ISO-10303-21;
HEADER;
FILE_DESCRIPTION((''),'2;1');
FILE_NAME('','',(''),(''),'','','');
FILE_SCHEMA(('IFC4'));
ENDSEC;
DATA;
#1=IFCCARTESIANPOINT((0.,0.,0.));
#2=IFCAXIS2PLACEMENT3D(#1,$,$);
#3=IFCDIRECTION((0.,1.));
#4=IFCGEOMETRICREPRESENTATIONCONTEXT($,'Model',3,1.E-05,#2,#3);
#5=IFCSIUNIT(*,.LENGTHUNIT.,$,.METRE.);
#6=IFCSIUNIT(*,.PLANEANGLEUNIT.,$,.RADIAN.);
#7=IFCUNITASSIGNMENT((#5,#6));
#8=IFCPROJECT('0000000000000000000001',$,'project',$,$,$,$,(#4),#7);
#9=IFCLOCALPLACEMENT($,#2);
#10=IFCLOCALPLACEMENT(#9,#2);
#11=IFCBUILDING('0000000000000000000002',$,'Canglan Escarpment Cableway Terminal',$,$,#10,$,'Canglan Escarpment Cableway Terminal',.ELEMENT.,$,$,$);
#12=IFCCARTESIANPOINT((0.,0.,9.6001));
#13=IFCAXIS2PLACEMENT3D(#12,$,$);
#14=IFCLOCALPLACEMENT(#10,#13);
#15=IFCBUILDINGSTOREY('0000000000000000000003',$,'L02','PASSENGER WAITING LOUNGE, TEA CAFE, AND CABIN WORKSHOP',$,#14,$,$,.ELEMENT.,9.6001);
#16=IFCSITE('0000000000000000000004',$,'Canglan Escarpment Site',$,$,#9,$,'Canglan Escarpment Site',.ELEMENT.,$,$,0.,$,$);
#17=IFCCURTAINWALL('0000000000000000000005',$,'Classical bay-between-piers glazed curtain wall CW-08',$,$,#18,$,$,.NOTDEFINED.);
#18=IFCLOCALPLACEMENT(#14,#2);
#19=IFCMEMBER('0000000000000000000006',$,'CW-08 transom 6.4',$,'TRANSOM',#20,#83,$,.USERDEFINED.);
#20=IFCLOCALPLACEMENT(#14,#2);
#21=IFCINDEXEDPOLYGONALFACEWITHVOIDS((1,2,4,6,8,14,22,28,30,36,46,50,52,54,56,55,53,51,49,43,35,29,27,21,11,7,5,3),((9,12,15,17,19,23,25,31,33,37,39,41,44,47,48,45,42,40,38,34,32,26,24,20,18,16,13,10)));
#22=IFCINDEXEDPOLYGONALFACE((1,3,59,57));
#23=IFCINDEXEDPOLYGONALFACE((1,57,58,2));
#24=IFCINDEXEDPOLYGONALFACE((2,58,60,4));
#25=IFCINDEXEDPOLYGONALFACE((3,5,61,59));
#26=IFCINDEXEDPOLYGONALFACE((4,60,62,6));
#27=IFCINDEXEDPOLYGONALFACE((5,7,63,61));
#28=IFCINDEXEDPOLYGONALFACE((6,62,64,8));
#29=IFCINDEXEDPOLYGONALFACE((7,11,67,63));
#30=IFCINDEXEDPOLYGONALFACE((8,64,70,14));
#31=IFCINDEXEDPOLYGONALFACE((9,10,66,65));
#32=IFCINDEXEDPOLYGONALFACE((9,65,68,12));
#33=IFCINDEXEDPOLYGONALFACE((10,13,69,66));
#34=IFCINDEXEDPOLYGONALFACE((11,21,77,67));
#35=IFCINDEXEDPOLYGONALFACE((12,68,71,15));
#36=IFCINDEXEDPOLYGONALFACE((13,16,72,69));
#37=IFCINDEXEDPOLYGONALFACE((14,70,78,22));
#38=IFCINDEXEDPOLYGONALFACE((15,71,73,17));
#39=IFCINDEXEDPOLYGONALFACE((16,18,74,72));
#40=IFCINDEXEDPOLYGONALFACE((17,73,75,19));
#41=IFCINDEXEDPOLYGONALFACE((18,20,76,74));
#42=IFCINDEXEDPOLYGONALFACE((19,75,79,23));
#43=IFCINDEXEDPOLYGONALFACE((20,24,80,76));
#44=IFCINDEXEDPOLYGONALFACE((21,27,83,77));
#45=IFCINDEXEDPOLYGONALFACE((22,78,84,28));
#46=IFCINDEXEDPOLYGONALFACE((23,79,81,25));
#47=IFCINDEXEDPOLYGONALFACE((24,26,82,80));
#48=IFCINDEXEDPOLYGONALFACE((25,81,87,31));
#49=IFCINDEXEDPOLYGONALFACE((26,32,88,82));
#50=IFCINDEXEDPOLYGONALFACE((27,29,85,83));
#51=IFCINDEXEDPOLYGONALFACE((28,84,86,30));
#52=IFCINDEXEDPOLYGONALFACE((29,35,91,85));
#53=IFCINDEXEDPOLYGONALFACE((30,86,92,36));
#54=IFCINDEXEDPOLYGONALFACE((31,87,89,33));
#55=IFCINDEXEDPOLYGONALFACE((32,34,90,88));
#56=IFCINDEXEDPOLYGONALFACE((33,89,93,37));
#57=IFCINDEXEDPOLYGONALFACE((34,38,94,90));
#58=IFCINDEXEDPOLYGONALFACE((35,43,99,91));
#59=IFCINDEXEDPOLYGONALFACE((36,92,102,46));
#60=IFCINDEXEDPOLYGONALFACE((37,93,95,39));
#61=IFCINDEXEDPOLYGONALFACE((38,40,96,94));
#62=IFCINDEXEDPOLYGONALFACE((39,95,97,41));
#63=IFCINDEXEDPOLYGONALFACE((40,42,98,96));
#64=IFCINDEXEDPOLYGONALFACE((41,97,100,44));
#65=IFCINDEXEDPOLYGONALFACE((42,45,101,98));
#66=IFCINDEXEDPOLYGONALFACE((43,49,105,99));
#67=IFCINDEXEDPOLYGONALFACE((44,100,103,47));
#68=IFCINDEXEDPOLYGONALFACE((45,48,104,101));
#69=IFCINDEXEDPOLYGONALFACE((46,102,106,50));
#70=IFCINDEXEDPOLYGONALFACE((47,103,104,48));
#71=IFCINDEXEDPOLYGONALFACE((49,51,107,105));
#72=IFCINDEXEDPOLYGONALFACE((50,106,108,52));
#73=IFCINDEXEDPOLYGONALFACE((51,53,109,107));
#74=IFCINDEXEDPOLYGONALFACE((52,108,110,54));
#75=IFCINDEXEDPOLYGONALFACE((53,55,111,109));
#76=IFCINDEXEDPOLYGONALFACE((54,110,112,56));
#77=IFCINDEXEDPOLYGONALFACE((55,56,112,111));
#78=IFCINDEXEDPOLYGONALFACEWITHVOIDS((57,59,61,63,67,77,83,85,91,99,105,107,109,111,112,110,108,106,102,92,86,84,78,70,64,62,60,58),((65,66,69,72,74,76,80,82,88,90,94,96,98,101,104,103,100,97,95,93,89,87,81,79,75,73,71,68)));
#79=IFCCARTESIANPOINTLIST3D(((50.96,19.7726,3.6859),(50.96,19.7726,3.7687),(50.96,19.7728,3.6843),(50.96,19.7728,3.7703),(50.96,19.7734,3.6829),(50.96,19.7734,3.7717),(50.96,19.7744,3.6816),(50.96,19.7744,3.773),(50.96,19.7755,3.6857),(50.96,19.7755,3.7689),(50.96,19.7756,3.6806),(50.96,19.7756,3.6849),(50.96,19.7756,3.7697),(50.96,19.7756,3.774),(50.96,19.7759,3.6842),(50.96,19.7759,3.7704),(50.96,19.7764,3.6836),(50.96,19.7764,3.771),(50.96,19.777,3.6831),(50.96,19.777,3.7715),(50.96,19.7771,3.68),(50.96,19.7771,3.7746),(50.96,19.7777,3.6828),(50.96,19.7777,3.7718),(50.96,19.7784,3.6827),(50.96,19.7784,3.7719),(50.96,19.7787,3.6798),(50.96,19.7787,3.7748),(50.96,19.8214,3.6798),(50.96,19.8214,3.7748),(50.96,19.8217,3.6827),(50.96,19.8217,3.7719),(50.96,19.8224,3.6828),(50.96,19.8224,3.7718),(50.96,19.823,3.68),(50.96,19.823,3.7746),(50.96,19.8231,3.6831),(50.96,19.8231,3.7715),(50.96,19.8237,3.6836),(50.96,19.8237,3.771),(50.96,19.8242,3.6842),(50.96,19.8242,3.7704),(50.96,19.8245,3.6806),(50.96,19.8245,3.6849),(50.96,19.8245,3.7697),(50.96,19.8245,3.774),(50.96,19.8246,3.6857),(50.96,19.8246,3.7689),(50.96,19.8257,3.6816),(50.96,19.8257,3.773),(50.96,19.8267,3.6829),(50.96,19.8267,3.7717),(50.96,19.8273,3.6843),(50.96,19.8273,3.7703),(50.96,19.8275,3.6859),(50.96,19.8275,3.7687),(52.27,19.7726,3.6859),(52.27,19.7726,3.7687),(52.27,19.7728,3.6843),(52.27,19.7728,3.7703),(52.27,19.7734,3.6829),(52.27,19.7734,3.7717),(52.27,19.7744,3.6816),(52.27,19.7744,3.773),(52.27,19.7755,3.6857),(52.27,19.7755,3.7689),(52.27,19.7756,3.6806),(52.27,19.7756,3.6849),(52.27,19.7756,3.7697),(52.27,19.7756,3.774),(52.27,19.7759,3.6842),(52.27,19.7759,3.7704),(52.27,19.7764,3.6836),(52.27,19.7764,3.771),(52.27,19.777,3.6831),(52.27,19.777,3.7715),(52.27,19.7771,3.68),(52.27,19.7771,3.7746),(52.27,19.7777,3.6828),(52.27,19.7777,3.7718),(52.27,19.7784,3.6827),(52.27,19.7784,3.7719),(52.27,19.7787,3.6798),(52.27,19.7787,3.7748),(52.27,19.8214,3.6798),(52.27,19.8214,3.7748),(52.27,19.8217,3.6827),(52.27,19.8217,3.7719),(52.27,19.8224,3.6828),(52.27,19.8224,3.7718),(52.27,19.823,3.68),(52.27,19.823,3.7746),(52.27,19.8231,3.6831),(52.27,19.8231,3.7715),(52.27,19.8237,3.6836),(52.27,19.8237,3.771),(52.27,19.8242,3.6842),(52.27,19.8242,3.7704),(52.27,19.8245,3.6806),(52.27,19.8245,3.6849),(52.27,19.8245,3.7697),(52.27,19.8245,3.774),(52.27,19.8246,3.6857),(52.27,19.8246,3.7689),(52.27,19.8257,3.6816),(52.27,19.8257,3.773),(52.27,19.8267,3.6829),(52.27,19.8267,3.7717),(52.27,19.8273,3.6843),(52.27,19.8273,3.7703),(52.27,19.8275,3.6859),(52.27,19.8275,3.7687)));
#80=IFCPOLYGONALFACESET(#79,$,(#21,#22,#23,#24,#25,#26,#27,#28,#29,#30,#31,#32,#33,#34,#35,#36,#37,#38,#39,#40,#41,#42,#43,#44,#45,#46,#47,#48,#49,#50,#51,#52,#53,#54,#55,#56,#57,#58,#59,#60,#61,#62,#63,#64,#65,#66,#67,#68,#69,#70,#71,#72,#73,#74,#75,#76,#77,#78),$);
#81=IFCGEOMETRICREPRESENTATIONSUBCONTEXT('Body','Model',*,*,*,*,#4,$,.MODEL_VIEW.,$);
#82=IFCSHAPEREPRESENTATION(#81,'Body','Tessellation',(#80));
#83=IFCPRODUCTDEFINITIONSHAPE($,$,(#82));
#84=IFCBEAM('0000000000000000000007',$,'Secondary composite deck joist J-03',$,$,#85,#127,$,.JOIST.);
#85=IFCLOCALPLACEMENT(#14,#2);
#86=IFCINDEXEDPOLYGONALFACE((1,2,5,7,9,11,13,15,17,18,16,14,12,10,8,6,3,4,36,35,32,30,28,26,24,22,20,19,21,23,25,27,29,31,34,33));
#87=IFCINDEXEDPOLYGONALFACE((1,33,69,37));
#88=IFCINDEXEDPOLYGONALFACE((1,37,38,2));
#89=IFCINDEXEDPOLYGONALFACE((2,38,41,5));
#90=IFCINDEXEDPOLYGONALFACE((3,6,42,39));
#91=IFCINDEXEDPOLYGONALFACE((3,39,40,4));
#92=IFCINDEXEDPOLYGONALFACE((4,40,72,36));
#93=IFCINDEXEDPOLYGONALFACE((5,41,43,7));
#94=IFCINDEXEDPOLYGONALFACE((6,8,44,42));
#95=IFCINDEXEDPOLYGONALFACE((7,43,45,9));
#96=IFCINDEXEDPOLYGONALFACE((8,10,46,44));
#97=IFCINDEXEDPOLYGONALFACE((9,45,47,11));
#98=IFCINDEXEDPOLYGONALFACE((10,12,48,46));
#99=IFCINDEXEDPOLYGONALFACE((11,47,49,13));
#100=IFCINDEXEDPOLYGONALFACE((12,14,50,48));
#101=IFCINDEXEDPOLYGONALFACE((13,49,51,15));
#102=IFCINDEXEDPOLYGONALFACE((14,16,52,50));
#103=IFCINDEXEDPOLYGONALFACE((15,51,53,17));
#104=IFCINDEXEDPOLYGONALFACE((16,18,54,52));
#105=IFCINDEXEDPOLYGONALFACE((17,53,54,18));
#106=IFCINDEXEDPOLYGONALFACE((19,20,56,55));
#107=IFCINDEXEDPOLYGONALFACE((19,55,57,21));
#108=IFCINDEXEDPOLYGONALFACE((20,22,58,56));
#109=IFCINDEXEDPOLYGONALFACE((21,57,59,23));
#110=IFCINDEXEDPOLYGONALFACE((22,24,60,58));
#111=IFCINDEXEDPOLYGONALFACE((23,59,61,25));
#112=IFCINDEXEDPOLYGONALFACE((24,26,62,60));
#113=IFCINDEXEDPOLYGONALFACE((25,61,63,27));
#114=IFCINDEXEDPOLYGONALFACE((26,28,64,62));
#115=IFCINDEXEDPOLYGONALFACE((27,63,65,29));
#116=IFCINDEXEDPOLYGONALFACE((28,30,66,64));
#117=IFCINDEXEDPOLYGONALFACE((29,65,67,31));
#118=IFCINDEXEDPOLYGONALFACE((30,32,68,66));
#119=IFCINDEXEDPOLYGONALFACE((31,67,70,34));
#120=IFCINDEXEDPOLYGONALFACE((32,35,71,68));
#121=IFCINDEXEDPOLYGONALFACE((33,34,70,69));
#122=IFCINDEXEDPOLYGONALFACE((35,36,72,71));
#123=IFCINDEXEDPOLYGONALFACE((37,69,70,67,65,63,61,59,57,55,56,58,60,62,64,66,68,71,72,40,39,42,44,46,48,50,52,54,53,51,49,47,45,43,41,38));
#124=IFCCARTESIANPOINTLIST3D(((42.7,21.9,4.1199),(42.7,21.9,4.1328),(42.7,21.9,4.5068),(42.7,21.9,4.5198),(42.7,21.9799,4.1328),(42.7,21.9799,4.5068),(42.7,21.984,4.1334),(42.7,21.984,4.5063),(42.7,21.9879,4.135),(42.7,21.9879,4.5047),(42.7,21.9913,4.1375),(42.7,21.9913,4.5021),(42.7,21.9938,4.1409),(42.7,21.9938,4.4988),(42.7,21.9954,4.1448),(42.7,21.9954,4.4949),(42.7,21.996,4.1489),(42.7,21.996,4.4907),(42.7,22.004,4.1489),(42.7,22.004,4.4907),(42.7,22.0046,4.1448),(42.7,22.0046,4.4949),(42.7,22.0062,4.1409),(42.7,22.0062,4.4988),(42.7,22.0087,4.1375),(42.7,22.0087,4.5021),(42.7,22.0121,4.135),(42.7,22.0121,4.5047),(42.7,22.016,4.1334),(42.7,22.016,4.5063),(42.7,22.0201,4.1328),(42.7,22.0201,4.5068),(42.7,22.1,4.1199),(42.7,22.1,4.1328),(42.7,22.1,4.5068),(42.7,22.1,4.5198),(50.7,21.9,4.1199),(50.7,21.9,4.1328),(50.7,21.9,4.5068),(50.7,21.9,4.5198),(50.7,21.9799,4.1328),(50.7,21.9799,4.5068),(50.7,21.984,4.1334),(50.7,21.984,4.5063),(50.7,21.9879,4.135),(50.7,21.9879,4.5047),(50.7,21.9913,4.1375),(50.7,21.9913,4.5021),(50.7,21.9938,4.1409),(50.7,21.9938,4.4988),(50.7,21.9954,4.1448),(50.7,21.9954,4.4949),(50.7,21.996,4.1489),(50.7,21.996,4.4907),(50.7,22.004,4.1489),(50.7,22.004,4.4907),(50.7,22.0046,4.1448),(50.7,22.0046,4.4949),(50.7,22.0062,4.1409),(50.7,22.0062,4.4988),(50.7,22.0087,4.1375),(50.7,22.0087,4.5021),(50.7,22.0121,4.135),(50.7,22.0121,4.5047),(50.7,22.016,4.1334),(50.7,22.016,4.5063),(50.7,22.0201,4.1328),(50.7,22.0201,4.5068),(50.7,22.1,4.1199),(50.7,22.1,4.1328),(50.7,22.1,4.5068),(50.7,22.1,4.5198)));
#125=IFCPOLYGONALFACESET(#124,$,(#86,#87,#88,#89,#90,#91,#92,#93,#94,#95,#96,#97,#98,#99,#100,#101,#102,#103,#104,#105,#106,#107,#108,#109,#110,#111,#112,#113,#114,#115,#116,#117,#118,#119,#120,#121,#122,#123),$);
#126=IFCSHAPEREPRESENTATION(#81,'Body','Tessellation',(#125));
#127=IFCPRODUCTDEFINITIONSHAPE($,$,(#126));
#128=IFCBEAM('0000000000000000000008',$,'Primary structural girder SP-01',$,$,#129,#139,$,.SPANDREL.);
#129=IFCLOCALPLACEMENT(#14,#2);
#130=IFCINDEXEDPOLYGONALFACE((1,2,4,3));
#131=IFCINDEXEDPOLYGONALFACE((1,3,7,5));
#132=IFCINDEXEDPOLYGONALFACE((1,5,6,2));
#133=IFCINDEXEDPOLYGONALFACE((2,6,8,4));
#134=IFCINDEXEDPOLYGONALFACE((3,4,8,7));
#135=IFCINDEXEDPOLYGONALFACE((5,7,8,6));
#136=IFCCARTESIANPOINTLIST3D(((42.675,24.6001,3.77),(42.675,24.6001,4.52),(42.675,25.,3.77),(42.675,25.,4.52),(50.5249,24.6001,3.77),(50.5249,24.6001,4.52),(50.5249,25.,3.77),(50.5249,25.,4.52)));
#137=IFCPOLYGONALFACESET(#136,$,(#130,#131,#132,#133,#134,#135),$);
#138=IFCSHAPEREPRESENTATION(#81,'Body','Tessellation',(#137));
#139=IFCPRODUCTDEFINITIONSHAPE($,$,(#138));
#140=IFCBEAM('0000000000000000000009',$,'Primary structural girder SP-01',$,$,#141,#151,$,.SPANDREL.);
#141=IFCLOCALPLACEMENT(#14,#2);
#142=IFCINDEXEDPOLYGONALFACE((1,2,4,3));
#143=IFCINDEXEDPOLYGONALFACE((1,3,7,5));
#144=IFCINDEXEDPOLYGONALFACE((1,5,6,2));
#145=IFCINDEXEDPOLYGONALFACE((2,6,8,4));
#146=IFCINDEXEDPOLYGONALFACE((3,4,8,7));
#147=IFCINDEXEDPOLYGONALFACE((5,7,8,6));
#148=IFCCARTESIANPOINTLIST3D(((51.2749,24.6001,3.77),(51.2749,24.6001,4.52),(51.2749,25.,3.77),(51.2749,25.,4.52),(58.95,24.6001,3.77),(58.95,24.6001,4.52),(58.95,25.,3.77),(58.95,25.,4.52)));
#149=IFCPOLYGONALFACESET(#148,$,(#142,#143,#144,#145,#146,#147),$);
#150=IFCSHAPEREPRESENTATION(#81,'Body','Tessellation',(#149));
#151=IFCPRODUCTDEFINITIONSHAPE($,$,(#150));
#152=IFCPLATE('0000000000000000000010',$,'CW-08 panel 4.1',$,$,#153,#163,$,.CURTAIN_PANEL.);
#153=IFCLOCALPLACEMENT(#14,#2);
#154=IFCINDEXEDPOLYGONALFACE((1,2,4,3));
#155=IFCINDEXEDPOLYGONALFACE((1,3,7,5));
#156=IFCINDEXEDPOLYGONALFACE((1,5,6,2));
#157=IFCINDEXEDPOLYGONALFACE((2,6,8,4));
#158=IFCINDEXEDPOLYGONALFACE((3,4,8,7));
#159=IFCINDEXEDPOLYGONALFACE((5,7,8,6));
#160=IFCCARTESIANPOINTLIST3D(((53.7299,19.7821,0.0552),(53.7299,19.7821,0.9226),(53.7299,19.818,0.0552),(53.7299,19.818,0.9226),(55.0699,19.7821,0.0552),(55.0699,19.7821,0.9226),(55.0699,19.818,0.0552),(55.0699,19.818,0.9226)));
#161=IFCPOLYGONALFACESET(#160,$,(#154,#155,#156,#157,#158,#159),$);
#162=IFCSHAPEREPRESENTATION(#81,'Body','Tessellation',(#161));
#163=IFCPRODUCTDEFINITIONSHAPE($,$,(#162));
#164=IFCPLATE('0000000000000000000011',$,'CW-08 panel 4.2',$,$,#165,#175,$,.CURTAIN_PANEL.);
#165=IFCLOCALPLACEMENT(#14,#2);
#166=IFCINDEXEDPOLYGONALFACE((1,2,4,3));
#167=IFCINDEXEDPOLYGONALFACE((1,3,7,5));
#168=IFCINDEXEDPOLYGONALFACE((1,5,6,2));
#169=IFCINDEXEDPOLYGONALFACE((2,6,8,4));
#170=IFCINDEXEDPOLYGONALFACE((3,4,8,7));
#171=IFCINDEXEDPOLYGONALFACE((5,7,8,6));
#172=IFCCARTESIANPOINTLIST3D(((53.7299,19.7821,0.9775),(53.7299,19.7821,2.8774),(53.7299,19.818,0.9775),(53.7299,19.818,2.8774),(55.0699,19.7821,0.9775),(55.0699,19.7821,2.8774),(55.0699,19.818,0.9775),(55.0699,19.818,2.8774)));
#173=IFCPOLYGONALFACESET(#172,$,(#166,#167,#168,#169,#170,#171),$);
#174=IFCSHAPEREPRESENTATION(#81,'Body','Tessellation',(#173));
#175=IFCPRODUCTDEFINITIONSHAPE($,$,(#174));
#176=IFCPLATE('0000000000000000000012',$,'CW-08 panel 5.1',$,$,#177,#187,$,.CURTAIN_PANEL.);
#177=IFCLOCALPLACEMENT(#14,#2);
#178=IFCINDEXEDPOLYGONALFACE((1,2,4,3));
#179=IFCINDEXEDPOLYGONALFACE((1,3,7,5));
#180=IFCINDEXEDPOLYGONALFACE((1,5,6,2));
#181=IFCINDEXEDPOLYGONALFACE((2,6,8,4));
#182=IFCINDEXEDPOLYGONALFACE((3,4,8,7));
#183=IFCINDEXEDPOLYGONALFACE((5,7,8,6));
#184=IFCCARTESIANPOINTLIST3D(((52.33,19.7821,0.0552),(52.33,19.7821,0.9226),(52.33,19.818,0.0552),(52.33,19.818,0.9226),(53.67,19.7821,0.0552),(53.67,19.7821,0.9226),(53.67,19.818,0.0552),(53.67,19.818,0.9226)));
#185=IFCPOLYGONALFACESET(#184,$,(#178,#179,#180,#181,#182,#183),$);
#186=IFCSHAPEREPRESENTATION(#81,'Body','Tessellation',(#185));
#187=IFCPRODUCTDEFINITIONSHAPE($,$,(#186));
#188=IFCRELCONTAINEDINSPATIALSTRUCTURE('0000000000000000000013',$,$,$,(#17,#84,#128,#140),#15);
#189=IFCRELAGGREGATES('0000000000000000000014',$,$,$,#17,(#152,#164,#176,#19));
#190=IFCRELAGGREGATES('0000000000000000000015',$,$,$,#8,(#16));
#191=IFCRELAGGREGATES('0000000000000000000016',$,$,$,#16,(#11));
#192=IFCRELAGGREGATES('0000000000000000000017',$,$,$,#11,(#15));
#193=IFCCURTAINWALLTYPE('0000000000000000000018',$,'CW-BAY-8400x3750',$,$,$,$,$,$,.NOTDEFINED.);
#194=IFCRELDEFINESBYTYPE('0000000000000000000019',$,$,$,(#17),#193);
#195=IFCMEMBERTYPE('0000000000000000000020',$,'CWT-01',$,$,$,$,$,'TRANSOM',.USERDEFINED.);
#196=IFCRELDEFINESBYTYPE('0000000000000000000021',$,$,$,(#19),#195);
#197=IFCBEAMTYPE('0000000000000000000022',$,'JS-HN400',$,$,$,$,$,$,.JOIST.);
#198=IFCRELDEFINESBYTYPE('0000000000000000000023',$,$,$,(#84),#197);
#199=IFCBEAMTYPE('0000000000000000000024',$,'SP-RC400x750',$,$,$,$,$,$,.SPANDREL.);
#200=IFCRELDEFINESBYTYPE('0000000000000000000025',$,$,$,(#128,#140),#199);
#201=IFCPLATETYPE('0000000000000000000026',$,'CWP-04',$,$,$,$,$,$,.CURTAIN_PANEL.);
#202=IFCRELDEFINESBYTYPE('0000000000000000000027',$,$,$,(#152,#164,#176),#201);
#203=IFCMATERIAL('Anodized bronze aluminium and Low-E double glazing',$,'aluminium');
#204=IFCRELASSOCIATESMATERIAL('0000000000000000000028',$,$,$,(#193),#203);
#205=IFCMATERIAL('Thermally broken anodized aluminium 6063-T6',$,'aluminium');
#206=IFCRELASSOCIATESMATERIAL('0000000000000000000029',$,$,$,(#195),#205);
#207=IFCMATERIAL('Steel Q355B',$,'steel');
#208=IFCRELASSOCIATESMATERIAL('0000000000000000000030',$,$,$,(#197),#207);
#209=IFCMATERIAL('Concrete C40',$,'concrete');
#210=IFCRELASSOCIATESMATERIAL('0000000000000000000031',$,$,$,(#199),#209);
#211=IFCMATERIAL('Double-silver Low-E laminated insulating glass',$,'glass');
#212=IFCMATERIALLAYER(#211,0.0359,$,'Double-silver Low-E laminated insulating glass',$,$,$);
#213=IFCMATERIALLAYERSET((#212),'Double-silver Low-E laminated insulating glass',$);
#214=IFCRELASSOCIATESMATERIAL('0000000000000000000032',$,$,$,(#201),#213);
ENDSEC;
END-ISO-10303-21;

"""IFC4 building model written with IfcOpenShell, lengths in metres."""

from ifc_helpers import new_model, si_unit, direction, frame, origin, origin_2d, place, context, subcontext, project, spatial, rectangle, hollow_rectangle, i_section, extrude, material, layer, layer_set, material_profile, profile_set, type_object, element, aggregate, save


model = new_model("IFC4")

# Units and contexts
model_context = context("Model", 3, precision=1e-05, world=origin(), true_north=direction((0.0, 1.0)))
body_context = subcontext(model_context, "Body", "Model", "MODEL_VIEW")
ifc_project = project(units=[si_unit("LENGTHUNIT", "METRE"), si_unit("PLANEANGLEUNIT", "RADIAN")], contexts=[model_context])

# Site, building, storey
site_placement = place(None, origin())
site = spatial("IfcSite", under=ifc_project, at=site_placement, Name="Canglan Escarpment Site", LongName="Canglan Escarpment Site", CompositionType="ELEMENT", RefElevation=0.0)
building_placement = place(site_placement, origin())
building = spatial("IfcBuilding", under=site, at=building_placement, Name="Canglan Escarpment Cableway Terminal", LongName="Canglan Escarpment Cableway Terminal", CompositionType="ELEMENT")
storey_placement = place(building_placement, frame((0.0, 0.0, 9.6001)))
storey = spatial("IfcBuildingStorey", under=building, at=storey_placement, Name="L02", Description="PASSENGER WAITING LOUNGE, TEA CAFE, AND CABIN WORKSHOP", CompositionType="ELEMENT", Elevation=9.6001)

# Shared definitions
ifc_material_1 = material(Name="Concrete C40", Category="concrete")

# Curtain wall, member
ifc_material_2 = material(Name="Anodized bronze aluminium and Low-E double glazing", Category="aluminium")
curtain_wall_type = type_object("IfcCurtainWallType", Name="CW-BAY-8400x3750", PredefinedType="NOTDEFINED", material=ifc_material_2)
curtain_wall_placement = place(storey_placement, origin())
curtain_wall = element("IfcCurtainWall", 1, at=curtain_wall_placement, inside=storey, type_object=curtain_wall_type, Name="Classical bay-between-piers glazed curtain wall CW-08", PredefinedType="NOTDEFINED")
ifc_material_3 = material(Name="Thermally broken anodized aluminium 6063-T6", Category="aluminium")
ifc_material_profile_1 = material_profile(ifc_material_3, hollow_rectangle(XDim=0.0549, YDim=0.095, WallThickness=0.0029, InnerFilletRadius=0.0029, OuterFilletRadius=0.0061, at=origin_2d()), Name="ALU-TRAN 55x95x3")
ifc_profile_set_1 = profile_set([ifc_material_profile_1], Name="Thermally broken anodized aluminium 6063-T6")
member_type_1 = type_object("IfcMemberType", Name="CWT-01", ElementType="TRANSOM", PredefinedType="USERDEFINED", material=ifc_profile_set_1)
member_1_placement = place(storey_placement, frame((52.27, 19.8, 3.7273), z_axis=(-1.0, 0.0, 0.0), x_axis=(0.0, -1.0, 0.0)))
member_1 = element("IfcMember", 2, at=member_1_placement, type_object=member_type_1, Name="CW-08 transom 6.4", ObjectType="TRANSOM", PredefinedType="USERDEFINED", context=body_context, shape_type="SweptSolid", body=[
    extrude(hollow_rectangle(XDim=0.0549, YDim=0.095, WallThickness=0.0029, InnerFilletRadius=0.0029, OuterFilletRadius=0.0061, at=origin_2d()), origin(), (0.0, 0.0, 1.0), 1.3101),
])

# Beams
ifc_material_4 = material(Name="Steel Q355B", Category="steel")
ifc_material_profile_2 = material_profile(ifc_material_4, i_section(OverallWidth=0.2, OverallDepth=0.3999, WebThickness=0.0081, FlangeThickness=0.0129, FilletRadius=0.0161, at=origin_2d()), Name="HN 400x200x8x13")
ifc_profile_set_2 = profile_set([ifc_material_profile_2], Name="Steel Q355B")
beam_type_1 = type_object("IfcBeamType", Name="JS-HN400", PredefinedType="JOIST", material=ifc_profile_set_2)
beam_1_placement = place(storey_placement, frame((42.7, 22.0, 4.3198), z_axis=(1.0, 0.0, 0.0), x_axis=(0.0, 1.0, 0.0)))
element("IfcBeam", 3, at=beam_1_placement, inside=storey, type_object=beam_type_1, Name="Secondary composite deck joist J-03", PredefinedType="JOIST", context=body_context, shape_type="SweptSolid", body=[
    extrude(i_section(OverallWidth=0.2, OverallDepth=0.3999, WebThickness=0.0081, FlangeThickness=0.0129, FilletRadius=0.0161, at=origin_2d()), origin(), (0.0, 0.0, 1.0), 8.0),
])
ifc_material_profile_3 = material_profile(ifc_material_1, rectangle(XDim=0.3999, YDim=0.75, at=origin_2d()), Name="RC 400x750")
ifc_profile_set_3 = profile_set([ifc_material_profile_3], Name="Concrete C40")
beam_type_2 = type_object("IfcBeamType", Name="SP-RC400x750", PredefinedType="SPANDREL", material=ifc_profile_set_3)
beam_2_placement = place(storey_placement, frame((42.675, 24.8, 4.145), z_axis=(1.0, 0.0, 0.0), x_axis=(0.0, 1.0, 0.0)))
element("IfcBeam", 4, at=beam_2_placement, inside=storey, type_object=beam_type_2, Name="Primary structural girder SP-01", PredefinedType="SPANDREL", context=body_context, shape_type="SweptSolid", body=[
    extrude(rectangle(XDim=0.3999, YDim=0.75, at=origin_2d()), origin(), (0.0, 0.0, 1.0), 7.8499),
])
beam_3_placement = place(storey_placement, frame((51.2749, 24.8, 4.145), z_axis=(1.0, 0.0, 0.0), x_axis=(0.0, 1.0, 0.0)))
element("IfcBeam", 5, at=beam_3_placement, inside=storey, type_object=beam_type_2, Name="Primary structural girder SP-01", PredefinedType="SPANDREL", context=body_context, shape_type="SweptSolid", body=[
    extrude(rectangle(XDim=0.3999, YDim=0.75, at=origin_2d()), origin(), (0.0, 0.0, 1.0), 7.675),
])

# Plates
ifc_material_5 = material(Name="Double-silver Low-E laminated insulating glass", Category="glass")
ifc_layer_1 = layer(ifc_material_5, 0.0359, Name="Double-silver Low-E laminated insulating glass")
ifc_layer_set_1 = layer_set([ifc_layer_1], Name="Double-silver Low-E laminated insulating glass")
plate_type = type_object("IfcPlateType", Name="CWP-04", PredefinedType="CURTAIN_PANEL", material=ifc_layer_set_1)
plate_1_placement = place(storey_placement, frame((54.3999, 19.8, 0.0552), z_axis=(0.0, 0.0, 1.0), x_axis=(-1.0, 0.0, 0.0)))
plate_1 = element("IfcPlate", 6, at=plate_1_placement, type_object=plate_type, Name="CW-08 panel 4.1", PredefinedType="CURTAIN_PANEL", context=body_context, shape_type="SweptSolid", body=[
    extrude(rectangle(XDim=1.3401, YDim=0.0359, at=origin_2d()), origin(), (0.0, 0.0, 1.0), 0.8674),
])
plate_2_placement = place(storey_placement, frame((54.3999, 19.8, 0.9775), z_axis=(0.0, 0.0, 1.0), x_axis=(-1.0, 0.0, 0.0)))
plate_2 = element("IfcPlate", 7, at=plate_2_placement, type_object=plate_type, Name="CW-08 panel 4.2", PredefinedType="CURTAIN_PANEL", context=body_context, shape_type="SweptSolid", body=[
    extrude(rectangle(XDim=1.3401, YDim=0.0359, at=origin_2d()), origin(), (0.0, 0.0, 1.0), 1.8999),
])
plate_3_placement = place(storey_placement, frame((53.0, 19.8, 0.0552), z_axis=(0.0, 0.0, 1.0), x_axis=(-1.0, 0.0, 0.0)))
plate_3 = element("IfcPlate", 8, at=plate_3_placement, type_object=plate_type, Name="CW-08 panel 5.1", PredefinedType="CURTAIN_PANEL", context=body_context, shape_type="SweptSolid", body=[
    extrude(rectangle(XDim=1.3401, YDim=0.0359, at=origin_2d()), origin(), (0.0, 0.0, 1.0), 0.8674),
])
aggregate(curtain_wall, [plate_1, plate_2, plate_3, member_1])

save(model, "model.ifc")
